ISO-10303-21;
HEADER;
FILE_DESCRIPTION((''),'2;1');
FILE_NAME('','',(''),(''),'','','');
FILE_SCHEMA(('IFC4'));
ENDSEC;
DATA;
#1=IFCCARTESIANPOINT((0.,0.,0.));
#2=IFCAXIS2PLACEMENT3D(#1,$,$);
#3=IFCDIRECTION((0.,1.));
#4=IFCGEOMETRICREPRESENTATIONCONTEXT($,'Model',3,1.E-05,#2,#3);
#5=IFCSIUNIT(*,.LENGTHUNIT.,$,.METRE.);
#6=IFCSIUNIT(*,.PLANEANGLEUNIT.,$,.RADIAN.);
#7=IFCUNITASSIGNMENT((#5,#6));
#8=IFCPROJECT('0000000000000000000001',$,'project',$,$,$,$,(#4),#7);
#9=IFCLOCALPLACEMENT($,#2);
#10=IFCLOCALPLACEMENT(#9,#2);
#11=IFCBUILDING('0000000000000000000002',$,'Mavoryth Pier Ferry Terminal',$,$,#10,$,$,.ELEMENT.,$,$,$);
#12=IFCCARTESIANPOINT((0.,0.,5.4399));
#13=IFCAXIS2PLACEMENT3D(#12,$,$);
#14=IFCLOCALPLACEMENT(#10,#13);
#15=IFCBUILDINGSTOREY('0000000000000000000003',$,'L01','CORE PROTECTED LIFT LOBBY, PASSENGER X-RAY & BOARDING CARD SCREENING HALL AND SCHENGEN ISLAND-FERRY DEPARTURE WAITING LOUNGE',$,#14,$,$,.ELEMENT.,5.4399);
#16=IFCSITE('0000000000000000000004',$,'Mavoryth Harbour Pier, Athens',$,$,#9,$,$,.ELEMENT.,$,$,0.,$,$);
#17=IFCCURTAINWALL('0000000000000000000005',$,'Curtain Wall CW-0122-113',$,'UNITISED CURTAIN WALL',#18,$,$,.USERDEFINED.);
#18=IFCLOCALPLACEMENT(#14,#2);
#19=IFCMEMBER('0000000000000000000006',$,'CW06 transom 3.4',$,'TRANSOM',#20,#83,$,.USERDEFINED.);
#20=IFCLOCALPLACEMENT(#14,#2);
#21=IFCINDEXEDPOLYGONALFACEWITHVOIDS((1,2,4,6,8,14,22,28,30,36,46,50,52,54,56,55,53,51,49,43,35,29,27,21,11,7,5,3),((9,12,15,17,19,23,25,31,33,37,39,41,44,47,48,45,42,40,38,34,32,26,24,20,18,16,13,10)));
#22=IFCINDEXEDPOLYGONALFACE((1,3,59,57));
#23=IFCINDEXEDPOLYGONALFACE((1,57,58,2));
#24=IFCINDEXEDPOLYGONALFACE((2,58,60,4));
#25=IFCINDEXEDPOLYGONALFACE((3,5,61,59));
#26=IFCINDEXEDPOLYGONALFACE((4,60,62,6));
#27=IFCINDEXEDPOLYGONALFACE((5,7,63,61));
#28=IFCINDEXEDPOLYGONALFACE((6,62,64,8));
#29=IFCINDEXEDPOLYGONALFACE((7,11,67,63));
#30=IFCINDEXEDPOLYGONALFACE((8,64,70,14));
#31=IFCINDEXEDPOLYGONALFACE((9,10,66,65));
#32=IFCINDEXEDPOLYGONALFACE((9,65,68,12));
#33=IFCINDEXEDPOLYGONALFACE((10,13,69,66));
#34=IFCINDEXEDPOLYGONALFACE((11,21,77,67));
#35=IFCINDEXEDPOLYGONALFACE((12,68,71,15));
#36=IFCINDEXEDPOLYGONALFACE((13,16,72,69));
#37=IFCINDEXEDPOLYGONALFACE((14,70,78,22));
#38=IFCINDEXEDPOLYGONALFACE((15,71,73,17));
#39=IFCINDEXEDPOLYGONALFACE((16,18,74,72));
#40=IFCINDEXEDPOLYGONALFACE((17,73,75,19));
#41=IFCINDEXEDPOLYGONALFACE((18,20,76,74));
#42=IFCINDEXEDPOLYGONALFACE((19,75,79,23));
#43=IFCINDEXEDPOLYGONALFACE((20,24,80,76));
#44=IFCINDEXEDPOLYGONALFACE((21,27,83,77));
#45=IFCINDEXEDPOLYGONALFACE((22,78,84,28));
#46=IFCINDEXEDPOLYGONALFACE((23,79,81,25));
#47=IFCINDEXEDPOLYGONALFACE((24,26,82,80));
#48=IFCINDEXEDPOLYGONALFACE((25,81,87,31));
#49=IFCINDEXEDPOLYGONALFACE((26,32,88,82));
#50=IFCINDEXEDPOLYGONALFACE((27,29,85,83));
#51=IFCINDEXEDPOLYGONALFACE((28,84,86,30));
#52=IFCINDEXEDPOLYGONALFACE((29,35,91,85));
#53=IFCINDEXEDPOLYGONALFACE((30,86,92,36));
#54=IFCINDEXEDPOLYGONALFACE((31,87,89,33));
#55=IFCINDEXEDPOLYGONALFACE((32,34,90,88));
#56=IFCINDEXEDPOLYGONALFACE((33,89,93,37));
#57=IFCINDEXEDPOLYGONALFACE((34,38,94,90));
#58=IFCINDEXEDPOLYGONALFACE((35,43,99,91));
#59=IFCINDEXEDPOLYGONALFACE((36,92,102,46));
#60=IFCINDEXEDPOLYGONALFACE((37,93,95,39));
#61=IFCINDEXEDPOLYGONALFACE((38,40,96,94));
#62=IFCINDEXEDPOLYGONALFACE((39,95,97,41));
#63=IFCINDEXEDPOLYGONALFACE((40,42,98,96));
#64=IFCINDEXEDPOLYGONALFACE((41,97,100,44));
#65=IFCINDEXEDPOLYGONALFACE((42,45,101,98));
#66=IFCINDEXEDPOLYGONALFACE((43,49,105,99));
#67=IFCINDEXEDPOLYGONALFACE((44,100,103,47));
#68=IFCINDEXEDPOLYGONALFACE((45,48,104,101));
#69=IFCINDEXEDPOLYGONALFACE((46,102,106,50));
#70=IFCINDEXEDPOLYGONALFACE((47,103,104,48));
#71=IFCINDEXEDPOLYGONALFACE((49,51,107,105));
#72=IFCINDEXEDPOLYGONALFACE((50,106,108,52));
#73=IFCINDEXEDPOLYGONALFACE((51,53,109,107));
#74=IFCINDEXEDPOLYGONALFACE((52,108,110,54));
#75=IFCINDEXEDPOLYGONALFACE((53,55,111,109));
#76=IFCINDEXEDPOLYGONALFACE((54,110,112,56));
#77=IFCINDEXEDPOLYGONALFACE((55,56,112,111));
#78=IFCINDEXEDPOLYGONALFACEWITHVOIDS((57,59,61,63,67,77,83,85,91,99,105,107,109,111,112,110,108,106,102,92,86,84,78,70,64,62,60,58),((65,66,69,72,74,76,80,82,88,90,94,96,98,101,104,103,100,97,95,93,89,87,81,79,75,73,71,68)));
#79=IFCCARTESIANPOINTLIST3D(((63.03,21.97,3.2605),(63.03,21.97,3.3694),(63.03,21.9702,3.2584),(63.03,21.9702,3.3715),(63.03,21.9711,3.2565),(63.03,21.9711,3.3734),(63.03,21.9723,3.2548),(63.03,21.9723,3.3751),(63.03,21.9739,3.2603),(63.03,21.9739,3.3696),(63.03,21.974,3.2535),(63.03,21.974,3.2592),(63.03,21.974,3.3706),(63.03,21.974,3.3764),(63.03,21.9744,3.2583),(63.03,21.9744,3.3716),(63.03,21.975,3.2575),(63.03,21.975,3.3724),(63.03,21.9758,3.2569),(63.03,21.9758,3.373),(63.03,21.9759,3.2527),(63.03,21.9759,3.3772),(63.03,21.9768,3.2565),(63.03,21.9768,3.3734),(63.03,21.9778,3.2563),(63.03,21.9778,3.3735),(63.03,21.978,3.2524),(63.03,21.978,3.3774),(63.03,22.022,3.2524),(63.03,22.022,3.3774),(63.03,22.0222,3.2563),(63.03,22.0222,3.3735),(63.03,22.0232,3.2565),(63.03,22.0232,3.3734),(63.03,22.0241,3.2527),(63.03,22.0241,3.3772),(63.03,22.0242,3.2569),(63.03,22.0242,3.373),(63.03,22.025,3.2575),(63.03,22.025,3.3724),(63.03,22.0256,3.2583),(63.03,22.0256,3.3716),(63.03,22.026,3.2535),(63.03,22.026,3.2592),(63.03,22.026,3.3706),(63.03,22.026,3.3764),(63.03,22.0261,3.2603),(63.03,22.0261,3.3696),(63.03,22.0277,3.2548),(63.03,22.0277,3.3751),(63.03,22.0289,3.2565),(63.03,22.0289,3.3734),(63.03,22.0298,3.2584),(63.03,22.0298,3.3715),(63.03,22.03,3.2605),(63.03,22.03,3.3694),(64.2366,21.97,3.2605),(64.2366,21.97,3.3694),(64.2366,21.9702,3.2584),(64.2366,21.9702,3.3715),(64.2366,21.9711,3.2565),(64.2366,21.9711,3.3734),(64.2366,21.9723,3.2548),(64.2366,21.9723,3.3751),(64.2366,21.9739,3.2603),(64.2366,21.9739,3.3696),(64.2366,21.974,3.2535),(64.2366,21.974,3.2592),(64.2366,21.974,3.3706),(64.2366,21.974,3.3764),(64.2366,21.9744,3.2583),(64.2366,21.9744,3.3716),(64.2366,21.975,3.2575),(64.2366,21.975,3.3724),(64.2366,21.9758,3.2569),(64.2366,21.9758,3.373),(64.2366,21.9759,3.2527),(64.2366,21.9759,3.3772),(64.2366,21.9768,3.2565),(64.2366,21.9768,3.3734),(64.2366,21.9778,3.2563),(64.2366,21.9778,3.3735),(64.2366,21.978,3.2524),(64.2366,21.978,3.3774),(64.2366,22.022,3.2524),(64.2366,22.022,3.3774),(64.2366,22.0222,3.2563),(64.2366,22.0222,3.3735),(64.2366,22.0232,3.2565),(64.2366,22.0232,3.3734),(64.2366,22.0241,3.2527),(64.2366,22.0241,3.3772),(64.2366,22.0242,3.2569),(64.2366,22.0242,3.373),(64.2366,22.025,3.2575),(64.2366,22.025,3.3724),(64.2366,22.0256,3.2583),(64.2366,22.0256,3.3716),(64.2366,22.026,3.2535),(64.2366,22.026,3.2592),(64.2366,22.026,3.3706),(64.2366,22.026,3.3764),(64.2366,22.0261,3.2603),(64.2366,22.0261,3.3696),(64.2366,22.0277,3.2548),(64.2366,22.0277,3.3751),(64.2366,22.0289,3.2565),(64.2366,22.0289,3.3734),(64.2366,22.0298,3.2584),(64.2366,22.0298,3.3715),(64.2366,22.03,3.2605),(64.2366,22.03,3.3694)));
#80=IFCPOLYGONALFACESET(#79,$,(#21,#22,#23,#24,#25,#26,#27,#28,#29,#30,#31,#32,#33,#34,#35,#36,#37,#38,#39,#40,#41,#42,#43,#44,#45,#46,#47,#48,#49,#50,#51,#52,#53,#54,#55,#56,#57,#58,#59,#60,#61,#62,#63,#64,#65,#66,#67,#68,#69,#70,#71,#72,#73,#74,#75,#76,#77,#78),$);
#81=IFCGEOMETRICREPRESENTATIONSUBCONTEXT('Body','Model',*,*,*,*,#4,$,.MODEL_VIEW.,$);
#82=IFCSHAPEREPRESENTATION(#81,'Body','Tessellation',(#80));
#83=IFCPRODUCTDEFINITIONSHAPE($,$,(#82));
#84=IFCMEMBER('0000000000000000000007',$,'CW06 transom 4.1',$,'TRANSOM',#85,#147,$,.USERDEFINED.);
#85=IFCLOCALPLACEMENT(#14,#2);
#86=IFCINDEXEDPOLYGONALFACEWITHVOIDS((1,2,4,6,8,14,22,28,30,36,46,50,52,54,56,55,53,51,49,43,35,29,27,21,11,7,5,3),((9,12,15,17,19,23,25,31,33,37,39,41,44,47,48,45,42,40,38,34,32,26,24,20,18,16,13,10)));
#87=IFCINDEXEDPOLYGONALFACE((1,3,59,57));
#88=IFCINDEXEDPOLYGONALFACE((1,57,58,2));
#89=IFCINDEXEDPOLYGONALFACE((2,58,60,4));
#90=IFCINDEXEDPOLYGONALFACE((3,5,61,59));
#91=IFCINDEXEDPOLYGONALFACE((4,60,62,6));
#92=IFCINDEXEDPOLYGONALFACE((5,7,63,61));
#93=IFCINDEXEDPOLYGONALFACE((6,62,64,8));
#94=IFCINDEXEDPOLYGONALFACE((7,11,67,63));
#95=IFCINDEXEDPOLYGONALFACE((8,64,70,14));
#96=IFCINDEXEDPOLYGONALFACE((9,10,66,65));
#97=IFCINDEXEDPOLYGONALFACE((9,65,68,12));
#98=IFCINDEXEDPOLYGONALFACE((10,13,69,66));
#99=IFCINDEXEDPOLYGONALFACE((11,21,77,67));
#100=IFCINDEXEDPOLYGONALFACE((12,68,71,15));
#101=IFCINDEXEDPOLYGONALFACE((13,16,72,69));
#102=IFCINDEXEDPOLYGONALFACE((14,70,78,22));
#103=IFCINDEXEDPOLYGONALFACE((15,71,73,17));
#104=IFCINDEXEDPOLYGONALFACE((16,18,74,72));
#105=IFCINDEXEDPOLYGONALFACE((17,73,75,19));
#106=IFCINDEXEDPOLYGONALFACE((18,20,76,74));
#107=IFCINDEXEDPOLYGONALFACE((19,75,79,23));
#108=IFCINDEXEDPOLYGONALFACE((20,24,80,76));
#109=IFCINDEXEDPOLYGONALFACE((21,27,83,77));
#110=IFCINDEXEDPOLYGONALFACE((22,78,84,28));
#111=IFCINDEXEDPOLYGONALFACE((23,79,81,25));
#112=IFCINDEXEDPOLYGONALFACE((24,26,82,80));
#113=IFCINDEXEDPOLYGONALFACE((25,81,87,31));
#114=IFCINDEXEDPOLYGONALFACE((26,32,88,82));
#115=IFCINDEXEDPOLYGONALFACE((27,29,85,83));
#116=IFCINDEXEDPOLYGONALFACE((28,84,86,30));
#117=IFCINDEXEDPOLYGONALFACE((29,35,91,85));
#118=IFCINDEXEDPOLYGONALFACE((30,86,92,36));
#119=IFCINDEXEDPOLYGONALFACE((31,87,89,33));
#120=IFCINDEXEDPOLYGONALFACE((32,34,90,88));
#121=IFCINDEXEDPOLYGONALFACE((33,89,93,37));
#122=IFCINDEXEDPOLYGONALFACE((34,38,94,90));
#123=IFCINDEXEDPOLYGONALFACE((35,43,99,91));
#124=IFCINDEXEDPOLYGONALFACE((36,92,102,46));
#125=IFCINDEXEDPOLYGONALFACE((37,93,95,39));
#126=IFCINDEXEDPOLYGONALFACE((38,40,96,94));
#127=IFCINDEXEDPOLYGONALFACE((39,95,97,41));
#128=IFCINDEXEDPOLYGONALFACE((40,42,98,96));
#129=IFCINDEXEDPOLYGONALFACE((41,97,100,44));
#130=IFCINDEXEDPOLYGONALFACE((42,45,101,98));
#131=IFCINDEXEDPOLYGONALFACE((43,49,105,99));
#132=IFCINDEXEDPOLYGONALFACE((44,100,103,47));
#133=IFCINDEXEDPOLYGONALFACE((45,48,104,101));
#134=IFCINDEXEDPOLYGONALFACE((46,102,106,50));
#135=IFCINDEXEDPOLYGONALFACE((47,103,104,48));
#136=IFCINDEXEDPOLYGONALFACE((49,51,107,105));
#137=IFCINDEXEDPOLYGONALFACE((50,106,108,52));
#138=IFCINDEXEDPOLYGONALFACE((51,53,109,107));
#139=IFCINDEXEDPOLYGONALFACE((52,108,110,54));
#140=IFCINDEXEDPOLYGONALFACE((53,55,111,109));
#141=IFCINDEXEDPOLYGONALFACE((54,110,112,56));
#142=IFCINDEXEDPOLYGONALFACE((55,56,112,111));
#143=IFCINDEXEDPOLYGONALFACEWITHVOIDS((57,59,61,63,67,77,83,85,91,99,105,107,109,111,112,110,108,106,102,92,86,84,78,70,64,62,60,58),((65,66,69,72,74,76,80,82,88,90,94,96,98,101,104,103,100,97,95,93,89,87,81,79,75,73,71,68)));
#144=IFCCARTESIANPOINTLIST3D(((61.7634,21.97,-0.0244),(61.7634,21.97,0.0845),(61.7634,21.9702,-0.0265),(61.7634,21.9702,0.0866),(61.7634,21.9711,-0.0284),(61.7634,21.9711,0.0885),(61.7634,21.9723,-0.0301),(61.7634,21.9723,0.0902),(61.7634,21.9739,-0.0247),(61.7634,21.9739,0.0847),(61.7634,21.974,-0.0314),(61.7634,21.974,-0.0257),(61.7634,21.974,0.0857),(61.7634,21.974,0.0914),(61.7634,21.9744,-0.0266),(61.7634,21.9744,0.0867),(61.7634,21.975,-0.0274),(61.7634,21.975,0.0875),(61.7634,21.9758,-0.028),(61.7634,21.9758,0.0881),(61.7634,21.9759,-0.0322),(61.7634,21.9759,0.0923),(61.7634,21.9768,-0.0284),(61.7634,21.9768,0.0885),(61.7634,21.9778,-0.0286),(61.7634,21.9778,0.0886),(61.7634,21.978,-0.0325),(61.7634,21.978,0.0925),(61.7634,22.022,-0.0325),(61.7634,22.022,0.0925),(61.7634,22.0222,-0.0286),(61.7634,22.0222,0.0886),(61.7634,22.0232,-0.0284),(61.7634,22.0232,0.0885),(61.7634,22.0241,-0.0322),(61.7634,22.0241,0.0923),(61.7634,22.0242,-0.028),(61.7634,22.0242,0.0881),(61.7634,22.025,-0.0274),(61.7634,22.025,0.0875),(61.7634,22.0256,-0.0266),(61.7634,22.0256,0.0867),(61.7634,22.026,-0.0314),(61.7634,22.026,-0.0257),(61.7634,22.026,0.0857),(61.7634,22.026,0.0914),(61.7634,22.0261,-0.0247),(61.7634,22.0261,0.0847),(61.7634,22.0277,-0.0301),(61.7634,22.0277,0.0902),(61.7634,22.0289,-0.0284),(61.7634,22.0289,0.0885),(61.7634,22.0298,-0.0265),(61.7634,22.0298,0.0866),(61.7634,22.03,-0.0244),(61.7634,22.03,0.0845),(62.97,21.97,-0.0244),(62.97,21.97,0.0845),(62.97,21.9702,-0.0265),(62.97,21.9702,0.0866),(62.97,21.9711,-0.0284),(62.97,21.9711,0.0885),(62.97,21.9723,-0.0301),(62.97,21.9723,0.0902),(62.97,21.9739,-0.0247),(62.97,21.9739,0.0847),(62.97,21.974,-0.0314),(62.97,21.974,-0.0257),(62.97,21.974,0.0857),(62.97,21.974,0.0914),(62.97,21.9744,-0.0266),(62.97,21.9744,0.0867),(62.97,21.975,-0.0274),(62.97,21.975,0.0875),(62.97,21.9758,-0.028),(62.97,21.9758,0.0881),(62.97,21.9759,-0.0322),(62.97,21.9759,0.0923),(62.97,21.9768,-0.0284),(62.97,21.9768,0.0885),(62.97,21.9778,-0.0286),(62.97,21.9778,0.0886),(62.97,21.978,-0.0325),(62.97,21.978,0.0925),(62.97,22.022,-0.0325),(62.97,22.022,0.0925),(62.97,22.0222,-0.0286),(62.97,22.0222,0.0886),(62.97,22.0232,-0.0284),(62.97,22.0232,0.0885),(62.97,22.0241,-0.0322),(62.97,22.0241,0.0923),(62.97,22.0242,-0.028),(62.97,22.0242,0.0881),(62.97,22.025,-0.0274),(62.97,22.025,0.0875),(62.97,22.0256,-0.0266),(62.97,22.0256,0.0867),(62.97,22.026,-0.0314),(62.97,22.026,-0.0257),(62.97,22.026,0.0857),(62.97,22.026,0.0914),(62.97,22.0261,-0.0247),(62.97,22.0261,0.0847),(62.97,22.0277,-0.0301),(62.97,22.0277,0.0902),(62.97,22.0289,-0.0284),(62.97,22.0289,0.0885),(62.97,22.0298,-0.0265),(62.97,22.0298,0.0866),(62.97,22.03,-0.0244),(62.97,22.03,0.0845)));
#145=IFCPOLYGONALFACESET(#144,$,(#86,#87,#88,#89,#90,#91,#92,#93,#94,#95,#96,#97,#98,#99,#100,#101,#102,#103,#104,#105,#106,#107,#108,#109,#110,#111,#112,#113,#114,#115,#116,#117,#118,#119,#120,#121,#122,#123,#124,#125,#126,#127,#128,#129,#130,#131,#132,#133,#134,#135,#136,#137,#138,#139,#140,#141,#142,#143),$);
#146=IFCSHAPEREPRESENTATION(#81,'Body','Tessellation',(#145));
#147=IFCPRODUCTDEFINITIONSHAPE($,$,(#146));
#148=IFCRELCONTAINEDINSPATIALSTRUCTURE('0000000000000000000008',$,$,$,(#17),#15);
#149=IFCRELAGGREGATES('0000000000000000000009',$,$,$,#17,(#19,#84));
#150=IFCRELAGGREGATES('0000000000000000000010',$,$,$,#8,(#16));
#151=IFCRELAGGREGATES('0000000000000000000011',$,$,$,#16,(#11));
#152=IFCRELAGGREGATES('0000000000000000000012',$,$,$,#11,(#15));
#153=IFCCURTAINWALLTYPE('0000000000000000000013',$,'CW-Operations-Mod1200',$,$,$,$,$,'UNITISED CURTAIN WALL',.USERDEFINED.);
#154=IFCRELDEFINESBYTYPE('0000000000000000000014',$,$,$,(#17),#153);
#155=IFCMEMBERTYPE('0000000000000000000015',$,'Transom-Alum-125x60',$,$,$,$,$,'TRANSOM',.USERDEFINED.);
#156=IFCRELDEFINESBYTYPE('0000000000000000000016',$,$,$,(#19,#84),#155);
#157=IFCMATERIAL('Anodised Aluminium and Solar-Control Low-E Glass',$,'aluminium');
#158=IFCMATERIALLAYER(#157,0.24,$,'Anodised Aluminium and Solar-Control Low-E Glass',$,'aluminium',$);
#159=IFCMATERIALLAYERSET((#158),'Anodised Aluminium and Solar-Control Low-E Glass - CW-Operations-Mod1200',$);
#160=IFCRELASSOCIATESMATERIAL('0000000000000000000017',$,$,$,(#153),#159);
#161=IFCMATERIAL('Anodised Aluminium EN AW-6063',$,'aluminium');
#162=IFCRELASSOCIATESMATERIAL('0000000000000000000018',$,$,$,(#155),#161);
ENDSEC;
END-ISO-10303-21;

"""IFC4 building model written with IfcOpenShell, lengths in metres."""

from ifc_helpers import new_model, si_unit, direction, frame, origin, origin_2d, place, context, subcontext, project, spatial, hollow_rectangle, extrude, material, layer, layer_set, material_profile, profile_set, type_object, element, aggregate, save


model = new_model("IFC4")

# Units and contexts
model_context = context("Model", 3, precision=1e-05, world=origin(), true_north=direction((0.0, 1.0)))
body_context = subcontext(model_context, "Body", "Model", "MODEL_VIEW")
ifc_project = project(units=[si_unit("LENGTHUNIT", "METRE"), si_unit("PLANEANGLEUNIT", "RADIAN")], contexts=[model_context])

# Site, building, storey
site_placement = place(None, origin())
site = spatial("IfcSite", under=ifc_project, at=site_placement, Name="Mavoryth Harbour Pier, Athens", CompositionType="ELEMENT", RefElevation=0.0)
building_placement = place(site_placement, origin())
building = spatial("IfcBuilding", under=site, at=building_placement, Name="Mavoryth Pier Ferry Terminal", CompositionType="ELEMENT")
storey_placement = place(building_placement, frame((0.0, 0.0, 5.4399)))
storey = spatial("IfcBuildingStorey", under=building, at=storey_placement, Name="L01", Description="CORE PROTECTED LIFT LOBBY, PASSENGER X-RAY & BOARDING CARD SCREENING HALL AND SCHENGEN ISLAND-FERRY DEPARTURE WAITING LOUNGE", CompositionType="ELEMENT", Elevation=5.4399)

# Curtain wall, members
ifc_material_1 = material(Name="Anodised Aluminium and Solar-Control Low-E Glass", Category="aluminium")
ifc_layer_1 = layer(ifc_material_1, 0.24, Name="Anodised Aluminium and Solar-Control Low-E Glass", Category="aluminium")
ifc_layer_set_1 = layer_set([ifc_layer_1], Name="Anodised Aluminium and Solar-Control Low-E Glass - CW-Operations-Mod1200")
curtain_wall_type = type_object("IfcCurtainWallType", Name="CW-Operations-Mod1200", ElementType="UNITISED CURTAIN WALL", PredefinedType="USERDEFINED", material=ifc_layer_set_1)
curtain_wall_placement = place(storey_placement, origin())
curtain_wall = element("IfcCurtainWall", 1, at=curtain_wall_placement, inside=storey, type_object=curtain_wall_type, Name="Curtain Wall CW-0122-113", ObjectType="UNITISED CURTAIN WALL", PredefinedType="USERDEFINED")
ifc_material_2 = material(Name="Anodised Aluminium EN AW-6063", Category="aluminium")
ifc_material_profile_1 = material_profile(ifc_material_2, hollow_rectangle(XDim=0.0601, YDim=0.125, WallThickness=0.0039, InnerFilletRadius=0.0039, OuterFilletRadius=0.0081, at=origin_2d()), Name="AL-TRAN 125x60x4", Category="aluminium")
ifc_profile_set_1 = profile_set([ifc_material_profile_1], Name="Anodised Aluminium EN AW-6063 - AL-TRAN 125x60x4")
member_type_1 = type_object("IfcMemberType", Name="Transom-Alum-125x60", ElementType="TRANSOM", PredefinedType="USERDEFINED", material=ifc_profile_set_1)
member_1_placement = place(storey_placement, frame((64.2366, 22.0, 3.3149), z_axis=(-1.0, 0.0, 0.0), x_axis=(0.0, -1.0, 0.0)))
member_1 = element("IfcMember", 2, at=member_1_placement, type_object=member_type_1, Name="CW06 transom 3.4", ObjectType="TRANSOM", PredefinedType="USERDEFINED", context=body_context, shape_type="SweptSolid", body=[
    extrude(hollow_rectangle(XDim=0.0601, YDim=0.125, WallThickness=0.0039, InnerFilletRadius=0.0039, OuterFilletRadius=0.0081, at=origin_2d()), origin(), (0.0, 0.0, 1.0), 1.2065),
])
member_2_placement = place(storey_placement, frame((62.97, 22.0, 0.03), z_axis=(-1.0, 0.0, 0.0), x_axis=(0.0, -1.0, 0.0)))
member_2 = element("IfcMember", 3, at=member_2_placement, type_object=member_type_1, Name="CW06 transom 4.1", ObjectType="TRANSOM", PredefinedType="USERDEFINED", context=body_context, shape_type="SweptSolid", body=[
    extrude(hollow_rectangle(XDim=0.0601, YDim=0.125, WallThickness=0.0039, InnerFilletRadius=0.0039, OuterFilletRadius=0.0081, at=origin_2d()), origin(), (0.0, 0.0, 1.0), 1.2065),
])
aggregate(curtain_wall, [member_1, member_2])

save(model, "model.ifc")
